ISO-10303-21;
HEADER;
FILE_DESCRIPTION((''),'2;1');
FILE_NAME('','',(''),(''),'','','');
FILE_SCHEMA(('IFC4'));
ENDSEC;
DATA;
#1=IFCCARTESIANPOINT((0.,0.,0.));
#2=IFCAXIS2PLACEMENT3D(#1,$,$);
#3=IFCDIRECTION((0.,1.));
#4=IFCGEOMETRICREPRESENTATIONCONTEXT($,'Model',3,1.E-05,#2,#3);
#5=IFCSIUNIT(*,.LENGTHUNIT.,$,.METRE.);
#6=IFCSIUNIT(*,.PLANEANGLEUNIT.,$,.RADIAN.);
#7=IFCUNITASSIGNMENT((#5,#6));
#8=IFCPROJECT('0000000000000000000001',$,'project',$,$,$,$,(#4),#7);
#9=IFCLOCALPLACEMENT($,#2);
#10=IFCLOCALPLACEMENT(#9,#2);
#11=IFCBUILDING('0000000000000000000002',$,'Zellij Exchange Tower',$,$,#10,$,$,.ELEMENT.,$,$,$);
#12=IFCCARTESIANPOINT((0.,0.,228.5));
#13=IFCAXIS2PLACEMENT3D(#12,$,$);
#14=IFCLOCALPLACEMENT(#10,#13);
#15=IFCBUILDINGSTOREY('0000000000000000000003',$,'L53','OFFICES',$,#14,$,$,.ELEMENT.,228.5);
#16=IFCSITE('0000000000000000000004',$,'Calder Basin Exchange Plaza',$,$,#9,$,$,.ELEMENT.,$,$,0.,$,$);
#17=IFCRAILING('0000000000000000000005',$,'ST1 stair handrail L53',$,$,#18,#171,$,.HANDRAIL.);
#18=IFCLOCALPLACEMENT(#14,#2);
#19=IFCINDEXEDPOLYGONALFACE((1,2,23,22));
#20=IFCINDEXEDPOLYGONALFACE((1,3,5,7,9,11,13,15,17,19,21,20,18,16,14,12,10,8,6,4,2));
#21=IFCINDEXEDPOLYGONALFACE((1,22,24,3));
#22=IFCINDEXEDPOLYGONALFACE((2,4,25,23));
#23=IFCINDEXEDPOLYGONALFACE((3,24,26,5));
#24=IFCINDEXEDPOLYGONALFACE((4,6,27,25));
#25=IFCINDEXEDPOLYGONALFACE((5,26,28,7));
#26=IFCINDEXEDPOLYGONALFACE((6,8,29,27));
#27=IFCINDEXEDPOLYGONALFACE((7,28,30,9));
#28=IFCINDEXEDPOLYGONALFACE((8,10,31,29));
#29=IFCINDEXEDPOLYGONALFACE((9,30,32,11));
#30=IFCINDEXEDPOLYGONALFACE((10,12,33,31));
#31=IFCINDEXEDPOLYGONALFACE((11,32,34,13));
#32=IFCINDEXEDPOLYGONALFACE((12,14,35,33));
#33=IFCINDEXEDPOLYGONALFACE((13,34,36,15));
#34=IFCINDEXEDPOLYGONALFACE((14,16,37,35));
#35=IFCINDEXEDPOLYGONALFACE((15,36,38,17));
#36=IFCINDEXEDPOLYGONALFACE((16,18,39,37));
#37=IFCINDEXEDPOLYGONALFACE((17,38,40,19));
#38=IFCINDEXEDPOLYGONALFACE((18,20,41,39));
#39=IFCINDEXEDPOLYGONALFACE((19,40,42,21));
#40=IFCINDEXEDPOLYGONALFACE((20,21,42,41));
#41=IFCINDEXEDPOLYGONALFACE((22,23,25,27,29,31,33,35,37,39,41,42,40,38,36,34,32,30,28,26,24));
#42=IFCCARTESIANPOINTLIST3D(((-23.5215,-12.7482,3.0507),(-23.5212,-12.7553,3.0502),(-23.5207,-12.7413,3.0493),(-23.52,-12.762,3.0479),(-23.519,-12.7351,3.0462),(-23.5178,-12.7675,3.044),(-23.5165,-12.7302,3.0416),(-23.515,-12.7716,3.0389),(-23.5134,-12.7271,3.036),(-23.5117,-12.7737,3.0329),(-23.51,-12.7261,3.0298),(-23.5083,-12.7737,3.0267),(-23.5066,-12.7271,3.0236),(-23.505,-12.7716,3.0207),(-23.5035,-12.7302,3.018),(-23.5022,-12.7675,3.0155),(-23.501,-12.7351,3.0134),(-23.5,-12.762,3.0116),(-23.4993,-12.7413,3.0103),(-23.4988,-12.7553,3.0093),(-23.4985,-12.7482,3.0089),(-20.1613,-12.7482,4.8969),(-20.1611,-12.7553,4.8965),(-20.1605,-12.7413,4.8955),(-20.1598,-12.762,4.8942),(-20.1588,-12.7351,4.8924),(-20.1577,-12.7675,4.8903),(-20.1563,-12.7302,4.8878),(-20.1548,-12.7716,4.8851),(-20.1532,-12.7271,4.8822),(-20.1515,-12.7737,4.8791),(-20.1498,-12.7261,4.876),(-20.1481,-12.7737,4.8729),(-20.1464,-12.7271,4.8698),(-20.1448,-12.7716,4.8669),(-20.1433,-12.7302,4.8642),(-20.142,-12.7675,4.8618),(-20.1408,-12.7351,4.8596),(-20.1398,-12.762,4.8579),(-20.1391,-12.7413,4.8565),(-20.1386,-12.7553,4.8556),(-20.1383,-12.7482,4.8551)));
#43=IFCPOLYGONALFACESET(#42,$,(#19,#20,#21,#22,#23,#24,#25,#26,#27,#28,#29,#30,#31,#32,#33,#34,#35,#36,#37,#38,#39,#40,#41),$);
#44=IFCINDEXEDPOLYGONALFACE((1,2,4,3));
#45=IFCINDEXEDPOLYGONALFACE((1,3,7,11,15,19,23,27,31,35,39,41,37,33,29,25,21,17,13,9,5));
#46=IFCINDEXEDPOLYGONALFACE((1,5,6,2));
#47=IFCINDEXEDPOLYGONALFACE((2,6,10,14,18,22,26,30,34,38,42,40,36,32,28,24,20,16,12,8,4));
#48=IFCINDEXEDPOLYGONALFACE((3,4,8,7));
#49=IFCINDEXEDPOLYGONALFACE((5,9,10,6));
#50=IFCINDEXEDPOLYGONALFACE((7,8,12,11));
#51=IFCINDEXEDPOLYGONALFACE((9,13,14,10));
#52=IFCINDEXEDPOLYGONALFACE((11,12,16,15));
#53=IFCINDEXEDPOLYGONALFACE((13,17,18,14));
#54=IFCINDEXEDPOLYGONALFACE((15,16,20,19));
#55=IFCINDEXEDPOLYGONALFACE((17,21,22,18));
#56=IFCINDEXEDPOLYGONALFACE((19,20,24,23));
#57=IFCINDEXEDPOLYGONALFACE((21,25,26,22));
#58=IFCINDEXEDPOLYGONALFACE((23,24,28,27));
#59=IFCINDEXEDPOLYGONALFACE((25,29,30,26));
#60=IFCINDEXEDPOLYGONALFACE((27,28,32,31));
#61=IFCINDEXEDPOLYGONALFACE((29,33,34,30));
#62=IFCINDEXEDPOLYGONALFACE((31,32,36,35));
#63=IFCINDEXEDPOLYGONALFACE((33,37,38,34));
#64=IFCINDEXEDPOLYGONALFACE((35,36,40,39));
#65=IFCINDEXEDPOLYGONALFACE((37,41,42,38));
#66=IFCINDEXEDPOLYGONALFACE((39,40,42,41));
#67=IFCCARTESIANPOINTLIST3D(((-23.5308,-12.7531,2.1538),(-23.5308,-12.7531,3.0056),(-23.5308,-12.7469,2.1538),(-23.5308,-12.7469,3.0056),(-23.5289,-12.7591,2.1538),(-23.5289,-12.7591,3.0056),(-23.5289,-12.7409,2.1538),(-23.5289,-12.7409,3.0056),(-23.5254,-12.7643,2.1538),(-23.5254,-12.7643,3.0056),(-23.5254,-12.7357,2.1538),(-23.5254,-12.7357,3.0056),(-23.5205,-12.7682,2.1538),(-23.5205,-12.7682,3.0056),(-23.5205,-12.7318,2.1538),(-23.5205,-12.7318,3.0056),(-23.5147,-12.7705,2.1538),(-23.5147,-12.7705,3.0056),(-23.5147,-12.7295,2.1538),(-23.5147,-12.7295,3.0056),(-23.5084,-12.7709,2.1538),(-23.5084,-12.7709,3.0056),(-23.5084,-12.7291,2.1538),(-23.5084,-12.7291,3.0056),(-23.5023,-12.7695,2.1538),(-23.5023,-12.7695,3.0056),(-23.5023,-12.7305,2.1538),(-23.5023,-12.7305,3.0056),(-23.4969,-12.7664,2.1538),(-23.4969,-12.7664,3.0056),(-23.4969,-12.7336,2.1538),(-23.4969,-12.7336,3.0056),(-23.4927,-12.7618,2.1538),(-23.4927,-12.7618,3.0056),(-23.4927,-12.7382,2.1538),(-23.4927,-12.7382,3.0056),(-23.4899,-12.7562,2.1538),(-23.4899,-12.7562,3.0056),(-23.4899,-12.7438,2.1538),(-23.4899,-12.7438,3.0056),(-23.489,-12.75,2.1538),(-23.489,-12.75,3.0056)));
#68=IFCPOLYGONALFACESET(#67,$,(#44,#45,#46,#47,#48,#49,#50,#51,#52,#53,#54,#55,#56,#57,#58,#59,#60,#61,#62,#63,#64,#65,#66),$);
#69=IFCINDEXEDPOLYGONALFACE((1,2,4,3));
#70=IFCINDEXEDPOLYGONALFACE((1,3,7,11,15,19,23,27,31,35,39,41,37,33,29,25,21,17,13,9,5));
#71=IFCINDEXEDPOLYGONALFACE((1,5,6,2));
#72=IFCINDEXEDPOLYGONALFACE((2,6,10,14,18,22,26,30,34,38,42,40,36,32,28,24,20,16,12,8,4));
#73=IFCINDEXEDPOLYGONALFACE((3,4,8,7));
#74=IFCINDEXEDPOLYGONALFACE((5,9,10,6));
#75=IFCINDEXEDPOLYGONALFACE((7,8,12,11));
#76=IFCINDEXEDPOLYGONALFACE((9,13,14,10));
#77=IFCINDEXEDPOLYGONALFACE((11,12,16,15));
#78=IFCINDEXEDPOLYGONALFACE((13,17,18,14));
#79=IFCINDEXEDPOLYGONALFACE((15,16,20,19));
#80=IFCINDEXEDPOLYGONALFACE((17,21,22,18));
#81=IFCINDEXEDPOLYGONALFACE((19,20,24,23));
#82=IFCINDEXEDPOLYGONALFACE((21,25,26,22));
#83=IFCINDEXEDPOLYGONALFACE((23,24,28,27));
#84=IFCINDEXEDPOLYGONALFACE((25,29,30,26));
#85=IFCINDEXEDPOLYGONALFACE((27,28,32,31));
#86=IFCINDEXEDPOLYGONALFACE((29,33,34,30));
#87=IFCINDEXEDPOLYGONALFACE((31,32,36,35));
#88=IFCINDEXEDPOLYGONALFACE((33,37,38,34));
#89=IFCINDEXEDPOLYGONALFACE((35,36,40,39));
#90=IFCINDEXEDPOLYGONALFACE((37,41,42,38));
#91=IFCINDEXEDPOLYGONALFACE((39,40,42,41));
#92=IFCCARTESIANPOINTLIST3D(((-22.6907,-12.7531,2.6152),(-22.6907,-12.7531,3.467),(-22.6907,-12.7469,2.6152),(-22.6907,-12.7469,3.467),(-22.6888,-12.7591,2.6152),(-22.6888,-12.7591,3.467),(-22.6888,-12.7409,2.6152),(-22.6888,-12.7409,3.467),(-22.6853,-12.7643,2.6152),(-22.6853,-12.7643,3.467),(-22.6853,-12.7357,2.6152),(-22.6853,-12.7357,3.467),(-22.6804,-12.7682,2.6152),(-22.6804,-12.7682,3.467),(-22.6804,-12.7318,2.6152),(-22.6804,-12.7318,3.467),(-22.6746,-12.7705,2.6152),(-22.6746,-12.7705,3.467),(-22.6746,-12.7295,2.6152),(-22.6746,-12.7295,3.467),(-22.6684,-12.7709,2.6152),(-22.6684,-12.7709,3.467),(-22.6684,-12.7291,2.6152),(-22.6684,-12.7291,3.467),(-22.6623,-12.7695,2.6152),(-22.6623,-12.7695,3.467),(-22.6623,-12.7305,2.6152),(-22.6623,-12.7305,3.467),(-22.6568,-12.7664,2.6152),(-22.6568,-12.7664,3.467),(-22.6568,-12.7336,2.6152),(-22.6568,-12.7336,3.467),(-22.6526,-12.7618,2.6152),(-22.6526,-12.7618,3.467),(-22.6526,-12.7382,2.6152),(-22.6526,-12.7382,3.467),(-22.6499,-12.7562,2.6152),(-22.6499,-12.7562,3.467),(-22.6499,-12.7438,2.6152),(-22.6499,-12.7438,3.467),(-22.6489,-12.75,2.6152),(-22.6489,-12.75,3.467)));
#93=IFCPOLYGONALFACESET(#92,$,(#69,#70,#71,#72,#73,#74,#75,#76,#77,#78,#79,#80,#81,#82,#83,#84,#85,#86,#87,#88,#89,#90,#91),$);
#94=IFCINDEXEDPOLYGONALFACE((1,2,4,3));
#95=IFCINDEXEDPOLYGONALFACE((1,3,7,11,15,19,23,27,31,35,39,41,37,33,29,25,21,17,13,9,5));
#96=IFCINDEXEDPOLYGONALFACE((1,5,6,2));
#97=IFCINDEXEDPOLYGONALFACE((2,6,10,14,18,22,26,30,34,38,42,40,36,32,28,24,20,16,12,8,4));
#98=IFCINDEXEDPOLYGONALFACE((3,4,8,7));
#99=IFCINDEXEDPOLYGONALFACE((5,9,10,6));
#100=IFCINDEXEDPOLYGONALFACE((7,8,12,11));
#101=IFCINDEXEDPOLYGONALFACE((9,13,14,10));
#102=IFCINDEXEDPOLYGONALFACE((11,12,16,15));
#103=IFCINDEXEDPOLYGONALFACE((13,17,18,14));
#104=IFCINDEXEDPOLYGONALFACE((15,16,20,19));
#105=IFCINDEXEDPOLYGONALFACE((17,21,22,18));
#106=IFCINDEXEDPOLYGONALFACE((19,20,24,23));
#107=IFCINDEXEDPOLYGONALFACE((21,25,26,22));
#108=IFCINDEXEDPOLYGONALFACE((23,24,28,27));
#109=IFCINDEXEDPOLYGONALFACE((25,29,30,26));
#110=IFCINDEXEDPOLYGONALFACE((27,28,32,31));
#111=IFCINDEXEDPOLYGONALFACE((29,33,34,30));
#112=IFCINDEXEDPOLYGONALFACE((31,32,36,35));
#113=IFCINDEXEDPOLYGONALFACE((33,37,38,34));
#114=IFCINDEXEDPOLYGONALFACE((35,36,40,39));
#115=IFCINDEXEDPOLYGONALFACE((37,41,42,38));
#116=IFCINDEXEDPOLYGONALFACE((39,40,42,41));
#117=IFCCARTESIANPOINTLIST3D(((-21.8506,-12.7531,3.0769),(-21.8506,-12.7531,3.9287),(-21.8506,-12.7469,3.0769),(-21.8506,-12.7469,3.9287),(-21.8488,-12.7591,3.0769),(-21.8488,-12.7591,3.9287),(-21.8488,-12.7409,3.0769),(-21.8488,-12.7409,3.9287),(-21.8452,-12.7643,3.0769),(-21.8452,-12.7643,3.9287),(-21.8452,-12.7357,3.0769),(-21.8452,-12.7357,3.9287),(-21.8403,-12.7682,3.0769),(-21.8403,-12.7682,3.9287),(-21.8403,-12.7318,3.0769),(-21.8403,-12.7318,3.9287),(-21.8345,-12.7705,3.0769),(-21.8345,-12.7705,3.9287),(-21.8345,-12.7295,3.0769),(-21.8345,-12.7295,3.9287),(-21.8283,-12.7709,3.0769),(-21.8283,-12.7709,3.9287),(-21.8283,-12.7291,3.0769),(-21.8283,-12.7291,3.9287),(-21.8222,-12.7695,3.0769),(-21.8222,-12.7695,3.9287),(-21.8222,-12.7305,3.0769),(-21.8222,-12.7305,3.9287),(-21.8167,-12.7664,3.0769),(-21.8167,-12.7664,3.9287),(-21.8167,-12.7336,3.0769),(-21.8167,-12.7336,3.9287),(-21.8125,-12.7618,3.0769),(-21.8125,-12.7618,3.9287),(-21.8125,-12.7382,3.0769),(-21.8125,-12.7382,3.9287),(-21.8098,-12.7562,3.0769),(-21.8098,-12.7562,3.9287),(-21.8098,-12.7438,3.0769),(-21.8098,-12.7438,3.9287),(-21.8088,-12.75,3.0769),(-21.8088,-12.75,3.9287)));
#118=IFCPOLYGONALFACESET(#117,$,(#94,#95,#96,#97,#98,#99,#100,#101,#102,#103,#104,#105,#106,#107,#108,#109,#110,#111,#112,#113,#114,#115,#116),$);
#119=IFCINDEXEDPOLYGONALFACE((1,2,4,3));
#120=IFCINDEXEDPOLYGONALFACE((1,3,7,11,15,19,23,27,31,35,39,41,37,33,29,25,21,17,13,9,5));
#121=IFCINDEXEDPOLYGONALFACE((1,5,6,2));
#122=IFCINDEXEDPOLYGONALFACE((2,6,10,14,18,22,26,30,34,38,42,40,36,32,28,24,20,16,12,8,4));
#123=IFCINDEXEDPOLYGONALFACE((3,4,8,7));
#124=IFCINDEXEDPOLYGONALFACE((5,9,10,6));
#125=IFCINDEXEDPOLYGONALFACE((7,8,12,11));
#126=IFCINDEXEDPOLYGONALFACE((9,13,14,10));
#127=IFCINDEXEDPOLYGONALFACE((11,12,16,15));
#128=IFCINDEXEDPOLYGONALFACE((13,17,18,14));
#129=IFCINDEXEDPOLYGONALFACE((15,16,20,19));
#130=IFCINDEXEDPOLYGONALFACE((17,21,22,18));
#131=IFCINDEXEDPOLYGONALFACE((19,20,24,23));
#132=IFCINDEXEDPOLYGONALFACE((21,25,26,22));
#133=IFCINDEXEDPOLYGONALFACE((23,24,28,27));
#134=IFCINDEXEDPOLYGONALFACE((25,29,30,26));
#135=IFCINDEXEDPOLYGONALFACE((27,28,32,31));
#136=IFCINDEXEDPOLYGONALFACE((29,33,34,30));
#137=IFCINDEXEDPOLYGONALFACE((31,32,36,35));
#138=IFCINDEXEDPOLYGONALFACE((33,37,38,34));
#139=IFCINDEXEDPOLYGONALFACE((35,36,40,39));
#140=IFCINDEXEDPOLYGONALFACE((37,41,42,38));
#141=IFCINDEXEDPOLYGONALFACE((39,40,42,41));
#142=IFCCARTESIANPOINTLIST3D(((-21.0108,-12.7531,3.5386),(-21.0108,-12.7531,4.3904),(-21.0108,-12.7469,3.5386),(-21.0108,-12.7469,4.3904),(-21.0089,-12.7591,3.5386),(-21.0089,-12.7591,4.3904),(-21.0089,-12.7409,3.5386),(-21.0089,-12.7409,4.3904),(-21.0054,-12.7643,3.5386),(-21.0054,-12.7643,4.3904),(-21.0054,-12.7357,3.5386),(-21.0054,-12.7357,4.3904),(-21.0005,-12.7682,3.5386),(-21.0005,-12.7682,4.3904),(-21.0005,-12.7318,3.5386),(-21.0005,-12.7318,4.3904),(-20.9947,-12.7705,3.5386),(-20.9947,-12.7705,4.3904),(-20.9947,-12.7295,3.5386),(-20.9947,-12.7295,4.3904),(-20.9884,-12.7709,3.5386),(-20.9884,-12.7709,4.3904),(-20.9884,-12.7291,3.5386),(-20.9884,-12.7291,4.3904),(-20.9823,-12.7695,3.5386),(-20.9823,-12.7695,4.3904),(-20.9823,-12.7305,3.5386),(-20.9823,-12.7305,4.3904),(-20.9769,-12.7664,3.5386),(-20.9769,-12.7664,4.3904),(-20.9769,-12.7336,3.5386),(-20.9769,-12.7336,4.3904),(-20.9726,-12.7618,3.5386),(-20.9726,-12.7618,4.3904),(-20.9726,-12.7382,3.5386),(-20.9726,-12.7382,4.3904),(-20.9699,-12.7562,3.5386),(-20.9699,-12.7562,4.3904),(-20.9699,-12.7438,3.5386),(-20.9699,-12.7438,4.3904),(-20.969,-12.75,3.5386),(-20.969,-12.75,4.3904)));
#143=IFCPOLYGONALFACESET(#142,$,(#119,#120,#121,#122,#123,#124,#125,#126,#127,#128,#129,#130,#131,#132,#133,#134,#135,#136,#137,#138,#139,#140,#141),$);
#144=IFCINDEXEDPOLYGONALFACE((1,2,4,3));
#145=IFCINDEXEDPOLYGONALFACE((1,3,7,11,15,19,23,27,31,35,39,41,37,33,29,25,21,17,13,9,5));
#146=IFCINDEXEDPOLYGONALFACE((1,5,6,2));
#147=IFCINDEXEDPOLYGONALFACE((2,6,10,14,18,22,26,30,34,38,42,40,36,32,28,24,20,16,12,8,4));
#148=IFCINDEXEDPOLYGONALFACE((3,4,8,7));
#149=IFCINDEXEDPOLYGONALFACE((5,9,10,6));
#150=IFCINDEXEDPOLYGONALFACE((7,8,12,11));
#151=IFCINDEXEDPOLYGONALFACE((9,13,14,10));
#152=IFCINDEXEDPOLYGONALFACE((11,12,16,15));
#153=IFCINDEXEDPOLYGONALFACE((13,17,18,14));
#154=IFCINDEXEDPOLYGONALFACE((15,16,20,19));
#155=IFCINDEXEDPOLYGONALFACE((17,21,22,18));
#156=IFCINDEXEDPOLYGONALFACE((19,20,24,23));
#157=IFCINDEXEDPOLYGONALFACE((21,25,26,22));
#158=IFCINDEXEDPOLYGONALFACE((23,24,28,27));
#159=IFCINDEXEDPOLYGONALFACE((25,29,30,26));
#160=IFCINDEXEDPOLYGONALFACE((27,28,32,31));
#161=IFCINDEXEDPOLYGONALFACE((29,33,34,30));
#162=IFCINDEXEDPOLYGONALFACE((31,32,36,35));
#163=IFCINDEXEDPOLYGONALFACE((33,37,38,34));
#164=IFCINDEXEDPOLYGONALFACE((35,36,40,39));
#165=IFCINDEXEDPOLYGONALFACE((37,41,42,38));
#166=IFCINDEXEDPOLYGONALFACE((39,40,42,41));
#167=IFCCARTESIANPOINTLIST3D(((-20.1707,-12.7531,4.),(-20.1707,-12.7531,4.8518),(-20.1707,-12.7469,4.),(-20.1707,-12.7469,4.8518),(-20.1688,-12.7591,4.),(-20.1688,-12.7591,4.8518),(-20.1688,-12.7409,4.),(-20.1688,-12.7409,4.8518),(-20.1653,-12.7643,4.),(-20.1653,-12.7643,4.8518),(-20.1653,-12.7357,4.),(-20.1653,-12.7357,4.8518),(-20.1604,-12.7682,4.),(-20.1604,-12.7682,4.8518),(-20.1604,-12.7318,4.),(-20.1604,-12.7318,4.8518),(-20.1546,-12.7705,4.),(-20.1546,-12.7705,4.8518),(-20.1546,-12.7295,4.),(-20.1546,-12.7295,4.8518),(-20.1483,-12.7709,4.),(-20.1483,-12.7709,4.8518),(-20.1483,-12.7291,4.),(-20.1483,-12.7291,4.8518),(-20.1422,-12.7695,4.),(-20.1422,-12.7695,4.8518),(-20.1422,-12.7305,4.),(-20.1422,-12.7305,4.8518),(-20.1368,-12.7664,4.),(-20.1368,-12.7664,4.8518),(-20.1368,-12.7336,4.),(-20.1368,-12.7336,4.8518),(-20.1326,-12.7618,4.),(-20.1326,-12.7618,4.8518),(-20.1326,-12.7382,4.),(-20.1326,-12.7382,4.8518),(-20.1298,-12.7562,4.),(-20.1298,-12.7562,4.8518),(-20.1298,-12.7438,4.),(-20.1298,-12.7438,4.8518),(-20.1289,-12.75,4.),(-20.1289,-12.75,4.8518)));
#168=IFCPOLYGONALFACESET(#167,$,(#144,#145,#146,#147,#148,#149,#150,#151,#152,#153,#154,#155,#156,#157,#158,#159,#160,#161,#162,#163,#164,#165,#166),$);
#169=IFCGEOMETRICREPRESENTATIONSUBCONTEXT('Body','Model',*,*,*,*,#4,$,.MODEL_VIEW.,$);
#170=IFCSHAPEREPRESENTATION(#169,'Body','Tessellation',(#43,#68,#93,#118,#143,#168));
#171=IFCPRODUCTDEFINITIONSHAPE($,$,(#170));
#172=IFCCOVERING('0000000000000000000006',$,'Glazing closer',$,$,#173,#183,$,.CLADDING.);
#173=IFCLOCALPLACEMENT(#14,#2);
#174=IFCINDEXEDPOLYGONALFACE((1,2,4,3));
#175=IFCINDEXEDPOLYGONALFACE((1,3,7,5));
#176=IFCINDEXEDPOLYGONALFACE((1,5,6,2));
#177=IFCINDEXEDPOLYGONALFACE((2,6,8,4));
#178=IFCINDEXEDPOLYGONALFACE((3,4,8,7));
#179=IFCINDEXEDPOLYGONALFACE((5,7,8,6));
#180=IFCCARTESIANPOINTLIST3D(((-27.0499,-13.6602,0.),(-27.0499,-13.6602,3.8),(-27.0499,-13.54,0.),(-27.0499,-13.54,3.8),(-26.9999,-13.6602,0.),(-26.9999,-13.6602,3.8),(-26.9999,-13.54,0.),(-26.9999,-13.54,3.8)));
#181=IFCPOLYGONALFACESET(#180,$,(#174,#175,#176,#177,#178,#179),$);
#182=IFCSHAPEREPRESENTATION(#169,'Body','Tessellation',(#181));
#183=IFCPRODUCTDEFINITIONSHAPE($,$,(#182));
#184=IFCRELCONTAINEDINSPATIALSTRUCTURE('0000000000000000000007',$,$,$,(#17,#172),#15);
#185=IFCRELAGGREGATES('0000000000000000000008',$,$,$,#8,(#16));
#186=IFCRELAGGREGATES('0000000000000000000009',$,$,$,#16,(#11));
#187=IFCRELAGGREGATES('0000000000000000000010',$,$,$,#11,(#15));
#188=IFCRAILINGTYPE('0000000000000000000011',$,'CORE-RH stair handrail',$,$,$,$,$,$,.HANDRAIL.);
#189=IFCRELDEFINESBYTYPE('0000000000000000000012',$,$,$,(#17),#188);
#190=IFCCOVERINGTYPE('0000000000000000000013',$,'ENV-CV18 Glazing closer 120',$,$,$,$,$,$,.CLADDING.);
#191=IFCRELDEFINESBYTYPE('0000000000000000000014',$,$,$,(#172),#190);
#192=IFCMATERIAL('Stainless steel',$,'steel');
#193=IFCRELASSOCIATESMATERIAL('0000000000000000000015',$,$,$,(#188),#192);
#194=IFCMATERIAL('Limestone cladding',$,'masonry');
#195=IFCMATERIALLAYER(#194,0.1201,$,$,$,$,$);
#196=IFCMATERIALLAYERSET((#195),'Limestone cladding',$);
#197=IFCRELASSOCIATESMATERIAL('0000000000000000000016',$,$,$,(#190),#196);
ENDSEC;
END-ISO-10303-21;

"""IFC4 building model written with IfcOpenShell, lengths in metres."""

from ifc_helpers import new_model, si_unit, direction, frame, origin, origin_2d, place, context, subcontext, project, spatial, rectangle, circle, extrude, material, layer, layer_set, type_object, element, save


model = new_model("IFC4")

# Units and contexts
model_context = context("Model", 3, precision=1e-05, world=origin(), true_north=direction((0.0, 1.0)))
body_context = subcontext(model_context, "Body", "Model", "MODEL_VIEW")
ifc_project = project(units=[si_unit("LENGTHUNIT", "METRE"), si_unit("PLANEANGLEUNIT", "RADIAN")], contexts=[model_context])

# Site, building, storey
site_placement = place(None, origin())
site = spatial("IfcSite", under=ifc_project, at=site_placement, Name="Calder Basin Exchange Plaza", CompositionType="ELEMENT", RefElevation=0.0)
building_placement = place(site_placement, origin())
building = spatial("IfcBuilding", under=site, at=building_placement, Name="Zellij Exchange Tower", CompositionType="ELEMENT")
storey_placement = place(building_placement, frame((0.0, 0.0, 228.5)))
storey = spatial("IfcBuildingStorey", under=building, at=storey_placement, Name="L53", Description="OFFICES", CompositionType="ELEMENT", Elevation=228.5)

# Railing
ifc_material_1 = material(Name="Stainless steel", Category="steel")
railing_type = type_object("IfcRailingType", Name="CORE-RH stair handrail", PredefinedType="HANDRAIL", material=ifc_material_1)
railing_1_placement = place(storey_placement, frame((-23.51, -12.75, 2.1538)))
element("IfcRailing", 1, at=railing_1_placement, inside=storey, type_object=railing_type, Name="ST1 stair handrail L53", PredefinedType="HANDRAIL", context=body_context, shape_type="SweptSolid", body=[
    extrude(circle(Radius=0.0239, at=origin_2d()), frame((0.0, 0.0, 0.876), z_axis=(0.876422, 0.0, 0.481545), x_axis=(0.0, 1.0, 0.0)), (0.0, 0.0, 1.0), 3.834),
    extrude(circle(Radius=0.021, at=origin_2d()), origin(), (0.0, 0.0, 1.0), 0.8518),
    extrude(circle(Radius=0.021, at=origin_2d()), frame((0.8401, 0.0, 0.4614)), (0.0, 0.0, 1.0), 0.8518),
    extrude(circle(Radius=0.021, at=origin_2d()), frame((1.6802, 0.0, 0.9231)), (0.0, 0.0, 1.0), 0.8518),
    extrude(circle(Radius=0.021, at=origin_2d()), frame((2.52, 0.0, 1.3848)), (0.0, 0.0, 1.0), 0.8518),
    extrude(circle(Radius=0.021, at=origin_2d()), frame((3.3601, 0.0, 1.8462)), (0.0, 0.0, 1.0), 0.8518),
])

# Covering
ifc_material_2 = material(Name="Limestone cladding", Category="masonry")
ifc_layer_1 = layer(ifc_material_2, 0.1201)
ifc_layer_set_1 = layer_set([ifc_layer_1], Name="Limestone cladding")
covering_type_1 = type_object("IfcCoveringType", Name="ENV-CV18 Glazing closer 120", PredefinedType="CLADDING", material=ifc_layer_set_1)
covering_1_placement = place(storey_placement, frame((-27.0249, -13.6001, 0.0), z_axis=(0.0, 0.0, 1.0), x_axis=(1.0, 0.0, 0.0)))
element("IfcCovering", 2, at=covering_1_placement, inside=storey, type_object=covering_type_1, Name="Glazing closer", PredefinedType="CLADDING", context=body_context, shape_type="SweptSolid", body=[
    extrude(rectangle(XDim=0.05, YDim=0.1201, at=origin_2d()), origin(), (0.0, 0.0, 1.0), 3.8),
])

save(model, "model.ifc")
